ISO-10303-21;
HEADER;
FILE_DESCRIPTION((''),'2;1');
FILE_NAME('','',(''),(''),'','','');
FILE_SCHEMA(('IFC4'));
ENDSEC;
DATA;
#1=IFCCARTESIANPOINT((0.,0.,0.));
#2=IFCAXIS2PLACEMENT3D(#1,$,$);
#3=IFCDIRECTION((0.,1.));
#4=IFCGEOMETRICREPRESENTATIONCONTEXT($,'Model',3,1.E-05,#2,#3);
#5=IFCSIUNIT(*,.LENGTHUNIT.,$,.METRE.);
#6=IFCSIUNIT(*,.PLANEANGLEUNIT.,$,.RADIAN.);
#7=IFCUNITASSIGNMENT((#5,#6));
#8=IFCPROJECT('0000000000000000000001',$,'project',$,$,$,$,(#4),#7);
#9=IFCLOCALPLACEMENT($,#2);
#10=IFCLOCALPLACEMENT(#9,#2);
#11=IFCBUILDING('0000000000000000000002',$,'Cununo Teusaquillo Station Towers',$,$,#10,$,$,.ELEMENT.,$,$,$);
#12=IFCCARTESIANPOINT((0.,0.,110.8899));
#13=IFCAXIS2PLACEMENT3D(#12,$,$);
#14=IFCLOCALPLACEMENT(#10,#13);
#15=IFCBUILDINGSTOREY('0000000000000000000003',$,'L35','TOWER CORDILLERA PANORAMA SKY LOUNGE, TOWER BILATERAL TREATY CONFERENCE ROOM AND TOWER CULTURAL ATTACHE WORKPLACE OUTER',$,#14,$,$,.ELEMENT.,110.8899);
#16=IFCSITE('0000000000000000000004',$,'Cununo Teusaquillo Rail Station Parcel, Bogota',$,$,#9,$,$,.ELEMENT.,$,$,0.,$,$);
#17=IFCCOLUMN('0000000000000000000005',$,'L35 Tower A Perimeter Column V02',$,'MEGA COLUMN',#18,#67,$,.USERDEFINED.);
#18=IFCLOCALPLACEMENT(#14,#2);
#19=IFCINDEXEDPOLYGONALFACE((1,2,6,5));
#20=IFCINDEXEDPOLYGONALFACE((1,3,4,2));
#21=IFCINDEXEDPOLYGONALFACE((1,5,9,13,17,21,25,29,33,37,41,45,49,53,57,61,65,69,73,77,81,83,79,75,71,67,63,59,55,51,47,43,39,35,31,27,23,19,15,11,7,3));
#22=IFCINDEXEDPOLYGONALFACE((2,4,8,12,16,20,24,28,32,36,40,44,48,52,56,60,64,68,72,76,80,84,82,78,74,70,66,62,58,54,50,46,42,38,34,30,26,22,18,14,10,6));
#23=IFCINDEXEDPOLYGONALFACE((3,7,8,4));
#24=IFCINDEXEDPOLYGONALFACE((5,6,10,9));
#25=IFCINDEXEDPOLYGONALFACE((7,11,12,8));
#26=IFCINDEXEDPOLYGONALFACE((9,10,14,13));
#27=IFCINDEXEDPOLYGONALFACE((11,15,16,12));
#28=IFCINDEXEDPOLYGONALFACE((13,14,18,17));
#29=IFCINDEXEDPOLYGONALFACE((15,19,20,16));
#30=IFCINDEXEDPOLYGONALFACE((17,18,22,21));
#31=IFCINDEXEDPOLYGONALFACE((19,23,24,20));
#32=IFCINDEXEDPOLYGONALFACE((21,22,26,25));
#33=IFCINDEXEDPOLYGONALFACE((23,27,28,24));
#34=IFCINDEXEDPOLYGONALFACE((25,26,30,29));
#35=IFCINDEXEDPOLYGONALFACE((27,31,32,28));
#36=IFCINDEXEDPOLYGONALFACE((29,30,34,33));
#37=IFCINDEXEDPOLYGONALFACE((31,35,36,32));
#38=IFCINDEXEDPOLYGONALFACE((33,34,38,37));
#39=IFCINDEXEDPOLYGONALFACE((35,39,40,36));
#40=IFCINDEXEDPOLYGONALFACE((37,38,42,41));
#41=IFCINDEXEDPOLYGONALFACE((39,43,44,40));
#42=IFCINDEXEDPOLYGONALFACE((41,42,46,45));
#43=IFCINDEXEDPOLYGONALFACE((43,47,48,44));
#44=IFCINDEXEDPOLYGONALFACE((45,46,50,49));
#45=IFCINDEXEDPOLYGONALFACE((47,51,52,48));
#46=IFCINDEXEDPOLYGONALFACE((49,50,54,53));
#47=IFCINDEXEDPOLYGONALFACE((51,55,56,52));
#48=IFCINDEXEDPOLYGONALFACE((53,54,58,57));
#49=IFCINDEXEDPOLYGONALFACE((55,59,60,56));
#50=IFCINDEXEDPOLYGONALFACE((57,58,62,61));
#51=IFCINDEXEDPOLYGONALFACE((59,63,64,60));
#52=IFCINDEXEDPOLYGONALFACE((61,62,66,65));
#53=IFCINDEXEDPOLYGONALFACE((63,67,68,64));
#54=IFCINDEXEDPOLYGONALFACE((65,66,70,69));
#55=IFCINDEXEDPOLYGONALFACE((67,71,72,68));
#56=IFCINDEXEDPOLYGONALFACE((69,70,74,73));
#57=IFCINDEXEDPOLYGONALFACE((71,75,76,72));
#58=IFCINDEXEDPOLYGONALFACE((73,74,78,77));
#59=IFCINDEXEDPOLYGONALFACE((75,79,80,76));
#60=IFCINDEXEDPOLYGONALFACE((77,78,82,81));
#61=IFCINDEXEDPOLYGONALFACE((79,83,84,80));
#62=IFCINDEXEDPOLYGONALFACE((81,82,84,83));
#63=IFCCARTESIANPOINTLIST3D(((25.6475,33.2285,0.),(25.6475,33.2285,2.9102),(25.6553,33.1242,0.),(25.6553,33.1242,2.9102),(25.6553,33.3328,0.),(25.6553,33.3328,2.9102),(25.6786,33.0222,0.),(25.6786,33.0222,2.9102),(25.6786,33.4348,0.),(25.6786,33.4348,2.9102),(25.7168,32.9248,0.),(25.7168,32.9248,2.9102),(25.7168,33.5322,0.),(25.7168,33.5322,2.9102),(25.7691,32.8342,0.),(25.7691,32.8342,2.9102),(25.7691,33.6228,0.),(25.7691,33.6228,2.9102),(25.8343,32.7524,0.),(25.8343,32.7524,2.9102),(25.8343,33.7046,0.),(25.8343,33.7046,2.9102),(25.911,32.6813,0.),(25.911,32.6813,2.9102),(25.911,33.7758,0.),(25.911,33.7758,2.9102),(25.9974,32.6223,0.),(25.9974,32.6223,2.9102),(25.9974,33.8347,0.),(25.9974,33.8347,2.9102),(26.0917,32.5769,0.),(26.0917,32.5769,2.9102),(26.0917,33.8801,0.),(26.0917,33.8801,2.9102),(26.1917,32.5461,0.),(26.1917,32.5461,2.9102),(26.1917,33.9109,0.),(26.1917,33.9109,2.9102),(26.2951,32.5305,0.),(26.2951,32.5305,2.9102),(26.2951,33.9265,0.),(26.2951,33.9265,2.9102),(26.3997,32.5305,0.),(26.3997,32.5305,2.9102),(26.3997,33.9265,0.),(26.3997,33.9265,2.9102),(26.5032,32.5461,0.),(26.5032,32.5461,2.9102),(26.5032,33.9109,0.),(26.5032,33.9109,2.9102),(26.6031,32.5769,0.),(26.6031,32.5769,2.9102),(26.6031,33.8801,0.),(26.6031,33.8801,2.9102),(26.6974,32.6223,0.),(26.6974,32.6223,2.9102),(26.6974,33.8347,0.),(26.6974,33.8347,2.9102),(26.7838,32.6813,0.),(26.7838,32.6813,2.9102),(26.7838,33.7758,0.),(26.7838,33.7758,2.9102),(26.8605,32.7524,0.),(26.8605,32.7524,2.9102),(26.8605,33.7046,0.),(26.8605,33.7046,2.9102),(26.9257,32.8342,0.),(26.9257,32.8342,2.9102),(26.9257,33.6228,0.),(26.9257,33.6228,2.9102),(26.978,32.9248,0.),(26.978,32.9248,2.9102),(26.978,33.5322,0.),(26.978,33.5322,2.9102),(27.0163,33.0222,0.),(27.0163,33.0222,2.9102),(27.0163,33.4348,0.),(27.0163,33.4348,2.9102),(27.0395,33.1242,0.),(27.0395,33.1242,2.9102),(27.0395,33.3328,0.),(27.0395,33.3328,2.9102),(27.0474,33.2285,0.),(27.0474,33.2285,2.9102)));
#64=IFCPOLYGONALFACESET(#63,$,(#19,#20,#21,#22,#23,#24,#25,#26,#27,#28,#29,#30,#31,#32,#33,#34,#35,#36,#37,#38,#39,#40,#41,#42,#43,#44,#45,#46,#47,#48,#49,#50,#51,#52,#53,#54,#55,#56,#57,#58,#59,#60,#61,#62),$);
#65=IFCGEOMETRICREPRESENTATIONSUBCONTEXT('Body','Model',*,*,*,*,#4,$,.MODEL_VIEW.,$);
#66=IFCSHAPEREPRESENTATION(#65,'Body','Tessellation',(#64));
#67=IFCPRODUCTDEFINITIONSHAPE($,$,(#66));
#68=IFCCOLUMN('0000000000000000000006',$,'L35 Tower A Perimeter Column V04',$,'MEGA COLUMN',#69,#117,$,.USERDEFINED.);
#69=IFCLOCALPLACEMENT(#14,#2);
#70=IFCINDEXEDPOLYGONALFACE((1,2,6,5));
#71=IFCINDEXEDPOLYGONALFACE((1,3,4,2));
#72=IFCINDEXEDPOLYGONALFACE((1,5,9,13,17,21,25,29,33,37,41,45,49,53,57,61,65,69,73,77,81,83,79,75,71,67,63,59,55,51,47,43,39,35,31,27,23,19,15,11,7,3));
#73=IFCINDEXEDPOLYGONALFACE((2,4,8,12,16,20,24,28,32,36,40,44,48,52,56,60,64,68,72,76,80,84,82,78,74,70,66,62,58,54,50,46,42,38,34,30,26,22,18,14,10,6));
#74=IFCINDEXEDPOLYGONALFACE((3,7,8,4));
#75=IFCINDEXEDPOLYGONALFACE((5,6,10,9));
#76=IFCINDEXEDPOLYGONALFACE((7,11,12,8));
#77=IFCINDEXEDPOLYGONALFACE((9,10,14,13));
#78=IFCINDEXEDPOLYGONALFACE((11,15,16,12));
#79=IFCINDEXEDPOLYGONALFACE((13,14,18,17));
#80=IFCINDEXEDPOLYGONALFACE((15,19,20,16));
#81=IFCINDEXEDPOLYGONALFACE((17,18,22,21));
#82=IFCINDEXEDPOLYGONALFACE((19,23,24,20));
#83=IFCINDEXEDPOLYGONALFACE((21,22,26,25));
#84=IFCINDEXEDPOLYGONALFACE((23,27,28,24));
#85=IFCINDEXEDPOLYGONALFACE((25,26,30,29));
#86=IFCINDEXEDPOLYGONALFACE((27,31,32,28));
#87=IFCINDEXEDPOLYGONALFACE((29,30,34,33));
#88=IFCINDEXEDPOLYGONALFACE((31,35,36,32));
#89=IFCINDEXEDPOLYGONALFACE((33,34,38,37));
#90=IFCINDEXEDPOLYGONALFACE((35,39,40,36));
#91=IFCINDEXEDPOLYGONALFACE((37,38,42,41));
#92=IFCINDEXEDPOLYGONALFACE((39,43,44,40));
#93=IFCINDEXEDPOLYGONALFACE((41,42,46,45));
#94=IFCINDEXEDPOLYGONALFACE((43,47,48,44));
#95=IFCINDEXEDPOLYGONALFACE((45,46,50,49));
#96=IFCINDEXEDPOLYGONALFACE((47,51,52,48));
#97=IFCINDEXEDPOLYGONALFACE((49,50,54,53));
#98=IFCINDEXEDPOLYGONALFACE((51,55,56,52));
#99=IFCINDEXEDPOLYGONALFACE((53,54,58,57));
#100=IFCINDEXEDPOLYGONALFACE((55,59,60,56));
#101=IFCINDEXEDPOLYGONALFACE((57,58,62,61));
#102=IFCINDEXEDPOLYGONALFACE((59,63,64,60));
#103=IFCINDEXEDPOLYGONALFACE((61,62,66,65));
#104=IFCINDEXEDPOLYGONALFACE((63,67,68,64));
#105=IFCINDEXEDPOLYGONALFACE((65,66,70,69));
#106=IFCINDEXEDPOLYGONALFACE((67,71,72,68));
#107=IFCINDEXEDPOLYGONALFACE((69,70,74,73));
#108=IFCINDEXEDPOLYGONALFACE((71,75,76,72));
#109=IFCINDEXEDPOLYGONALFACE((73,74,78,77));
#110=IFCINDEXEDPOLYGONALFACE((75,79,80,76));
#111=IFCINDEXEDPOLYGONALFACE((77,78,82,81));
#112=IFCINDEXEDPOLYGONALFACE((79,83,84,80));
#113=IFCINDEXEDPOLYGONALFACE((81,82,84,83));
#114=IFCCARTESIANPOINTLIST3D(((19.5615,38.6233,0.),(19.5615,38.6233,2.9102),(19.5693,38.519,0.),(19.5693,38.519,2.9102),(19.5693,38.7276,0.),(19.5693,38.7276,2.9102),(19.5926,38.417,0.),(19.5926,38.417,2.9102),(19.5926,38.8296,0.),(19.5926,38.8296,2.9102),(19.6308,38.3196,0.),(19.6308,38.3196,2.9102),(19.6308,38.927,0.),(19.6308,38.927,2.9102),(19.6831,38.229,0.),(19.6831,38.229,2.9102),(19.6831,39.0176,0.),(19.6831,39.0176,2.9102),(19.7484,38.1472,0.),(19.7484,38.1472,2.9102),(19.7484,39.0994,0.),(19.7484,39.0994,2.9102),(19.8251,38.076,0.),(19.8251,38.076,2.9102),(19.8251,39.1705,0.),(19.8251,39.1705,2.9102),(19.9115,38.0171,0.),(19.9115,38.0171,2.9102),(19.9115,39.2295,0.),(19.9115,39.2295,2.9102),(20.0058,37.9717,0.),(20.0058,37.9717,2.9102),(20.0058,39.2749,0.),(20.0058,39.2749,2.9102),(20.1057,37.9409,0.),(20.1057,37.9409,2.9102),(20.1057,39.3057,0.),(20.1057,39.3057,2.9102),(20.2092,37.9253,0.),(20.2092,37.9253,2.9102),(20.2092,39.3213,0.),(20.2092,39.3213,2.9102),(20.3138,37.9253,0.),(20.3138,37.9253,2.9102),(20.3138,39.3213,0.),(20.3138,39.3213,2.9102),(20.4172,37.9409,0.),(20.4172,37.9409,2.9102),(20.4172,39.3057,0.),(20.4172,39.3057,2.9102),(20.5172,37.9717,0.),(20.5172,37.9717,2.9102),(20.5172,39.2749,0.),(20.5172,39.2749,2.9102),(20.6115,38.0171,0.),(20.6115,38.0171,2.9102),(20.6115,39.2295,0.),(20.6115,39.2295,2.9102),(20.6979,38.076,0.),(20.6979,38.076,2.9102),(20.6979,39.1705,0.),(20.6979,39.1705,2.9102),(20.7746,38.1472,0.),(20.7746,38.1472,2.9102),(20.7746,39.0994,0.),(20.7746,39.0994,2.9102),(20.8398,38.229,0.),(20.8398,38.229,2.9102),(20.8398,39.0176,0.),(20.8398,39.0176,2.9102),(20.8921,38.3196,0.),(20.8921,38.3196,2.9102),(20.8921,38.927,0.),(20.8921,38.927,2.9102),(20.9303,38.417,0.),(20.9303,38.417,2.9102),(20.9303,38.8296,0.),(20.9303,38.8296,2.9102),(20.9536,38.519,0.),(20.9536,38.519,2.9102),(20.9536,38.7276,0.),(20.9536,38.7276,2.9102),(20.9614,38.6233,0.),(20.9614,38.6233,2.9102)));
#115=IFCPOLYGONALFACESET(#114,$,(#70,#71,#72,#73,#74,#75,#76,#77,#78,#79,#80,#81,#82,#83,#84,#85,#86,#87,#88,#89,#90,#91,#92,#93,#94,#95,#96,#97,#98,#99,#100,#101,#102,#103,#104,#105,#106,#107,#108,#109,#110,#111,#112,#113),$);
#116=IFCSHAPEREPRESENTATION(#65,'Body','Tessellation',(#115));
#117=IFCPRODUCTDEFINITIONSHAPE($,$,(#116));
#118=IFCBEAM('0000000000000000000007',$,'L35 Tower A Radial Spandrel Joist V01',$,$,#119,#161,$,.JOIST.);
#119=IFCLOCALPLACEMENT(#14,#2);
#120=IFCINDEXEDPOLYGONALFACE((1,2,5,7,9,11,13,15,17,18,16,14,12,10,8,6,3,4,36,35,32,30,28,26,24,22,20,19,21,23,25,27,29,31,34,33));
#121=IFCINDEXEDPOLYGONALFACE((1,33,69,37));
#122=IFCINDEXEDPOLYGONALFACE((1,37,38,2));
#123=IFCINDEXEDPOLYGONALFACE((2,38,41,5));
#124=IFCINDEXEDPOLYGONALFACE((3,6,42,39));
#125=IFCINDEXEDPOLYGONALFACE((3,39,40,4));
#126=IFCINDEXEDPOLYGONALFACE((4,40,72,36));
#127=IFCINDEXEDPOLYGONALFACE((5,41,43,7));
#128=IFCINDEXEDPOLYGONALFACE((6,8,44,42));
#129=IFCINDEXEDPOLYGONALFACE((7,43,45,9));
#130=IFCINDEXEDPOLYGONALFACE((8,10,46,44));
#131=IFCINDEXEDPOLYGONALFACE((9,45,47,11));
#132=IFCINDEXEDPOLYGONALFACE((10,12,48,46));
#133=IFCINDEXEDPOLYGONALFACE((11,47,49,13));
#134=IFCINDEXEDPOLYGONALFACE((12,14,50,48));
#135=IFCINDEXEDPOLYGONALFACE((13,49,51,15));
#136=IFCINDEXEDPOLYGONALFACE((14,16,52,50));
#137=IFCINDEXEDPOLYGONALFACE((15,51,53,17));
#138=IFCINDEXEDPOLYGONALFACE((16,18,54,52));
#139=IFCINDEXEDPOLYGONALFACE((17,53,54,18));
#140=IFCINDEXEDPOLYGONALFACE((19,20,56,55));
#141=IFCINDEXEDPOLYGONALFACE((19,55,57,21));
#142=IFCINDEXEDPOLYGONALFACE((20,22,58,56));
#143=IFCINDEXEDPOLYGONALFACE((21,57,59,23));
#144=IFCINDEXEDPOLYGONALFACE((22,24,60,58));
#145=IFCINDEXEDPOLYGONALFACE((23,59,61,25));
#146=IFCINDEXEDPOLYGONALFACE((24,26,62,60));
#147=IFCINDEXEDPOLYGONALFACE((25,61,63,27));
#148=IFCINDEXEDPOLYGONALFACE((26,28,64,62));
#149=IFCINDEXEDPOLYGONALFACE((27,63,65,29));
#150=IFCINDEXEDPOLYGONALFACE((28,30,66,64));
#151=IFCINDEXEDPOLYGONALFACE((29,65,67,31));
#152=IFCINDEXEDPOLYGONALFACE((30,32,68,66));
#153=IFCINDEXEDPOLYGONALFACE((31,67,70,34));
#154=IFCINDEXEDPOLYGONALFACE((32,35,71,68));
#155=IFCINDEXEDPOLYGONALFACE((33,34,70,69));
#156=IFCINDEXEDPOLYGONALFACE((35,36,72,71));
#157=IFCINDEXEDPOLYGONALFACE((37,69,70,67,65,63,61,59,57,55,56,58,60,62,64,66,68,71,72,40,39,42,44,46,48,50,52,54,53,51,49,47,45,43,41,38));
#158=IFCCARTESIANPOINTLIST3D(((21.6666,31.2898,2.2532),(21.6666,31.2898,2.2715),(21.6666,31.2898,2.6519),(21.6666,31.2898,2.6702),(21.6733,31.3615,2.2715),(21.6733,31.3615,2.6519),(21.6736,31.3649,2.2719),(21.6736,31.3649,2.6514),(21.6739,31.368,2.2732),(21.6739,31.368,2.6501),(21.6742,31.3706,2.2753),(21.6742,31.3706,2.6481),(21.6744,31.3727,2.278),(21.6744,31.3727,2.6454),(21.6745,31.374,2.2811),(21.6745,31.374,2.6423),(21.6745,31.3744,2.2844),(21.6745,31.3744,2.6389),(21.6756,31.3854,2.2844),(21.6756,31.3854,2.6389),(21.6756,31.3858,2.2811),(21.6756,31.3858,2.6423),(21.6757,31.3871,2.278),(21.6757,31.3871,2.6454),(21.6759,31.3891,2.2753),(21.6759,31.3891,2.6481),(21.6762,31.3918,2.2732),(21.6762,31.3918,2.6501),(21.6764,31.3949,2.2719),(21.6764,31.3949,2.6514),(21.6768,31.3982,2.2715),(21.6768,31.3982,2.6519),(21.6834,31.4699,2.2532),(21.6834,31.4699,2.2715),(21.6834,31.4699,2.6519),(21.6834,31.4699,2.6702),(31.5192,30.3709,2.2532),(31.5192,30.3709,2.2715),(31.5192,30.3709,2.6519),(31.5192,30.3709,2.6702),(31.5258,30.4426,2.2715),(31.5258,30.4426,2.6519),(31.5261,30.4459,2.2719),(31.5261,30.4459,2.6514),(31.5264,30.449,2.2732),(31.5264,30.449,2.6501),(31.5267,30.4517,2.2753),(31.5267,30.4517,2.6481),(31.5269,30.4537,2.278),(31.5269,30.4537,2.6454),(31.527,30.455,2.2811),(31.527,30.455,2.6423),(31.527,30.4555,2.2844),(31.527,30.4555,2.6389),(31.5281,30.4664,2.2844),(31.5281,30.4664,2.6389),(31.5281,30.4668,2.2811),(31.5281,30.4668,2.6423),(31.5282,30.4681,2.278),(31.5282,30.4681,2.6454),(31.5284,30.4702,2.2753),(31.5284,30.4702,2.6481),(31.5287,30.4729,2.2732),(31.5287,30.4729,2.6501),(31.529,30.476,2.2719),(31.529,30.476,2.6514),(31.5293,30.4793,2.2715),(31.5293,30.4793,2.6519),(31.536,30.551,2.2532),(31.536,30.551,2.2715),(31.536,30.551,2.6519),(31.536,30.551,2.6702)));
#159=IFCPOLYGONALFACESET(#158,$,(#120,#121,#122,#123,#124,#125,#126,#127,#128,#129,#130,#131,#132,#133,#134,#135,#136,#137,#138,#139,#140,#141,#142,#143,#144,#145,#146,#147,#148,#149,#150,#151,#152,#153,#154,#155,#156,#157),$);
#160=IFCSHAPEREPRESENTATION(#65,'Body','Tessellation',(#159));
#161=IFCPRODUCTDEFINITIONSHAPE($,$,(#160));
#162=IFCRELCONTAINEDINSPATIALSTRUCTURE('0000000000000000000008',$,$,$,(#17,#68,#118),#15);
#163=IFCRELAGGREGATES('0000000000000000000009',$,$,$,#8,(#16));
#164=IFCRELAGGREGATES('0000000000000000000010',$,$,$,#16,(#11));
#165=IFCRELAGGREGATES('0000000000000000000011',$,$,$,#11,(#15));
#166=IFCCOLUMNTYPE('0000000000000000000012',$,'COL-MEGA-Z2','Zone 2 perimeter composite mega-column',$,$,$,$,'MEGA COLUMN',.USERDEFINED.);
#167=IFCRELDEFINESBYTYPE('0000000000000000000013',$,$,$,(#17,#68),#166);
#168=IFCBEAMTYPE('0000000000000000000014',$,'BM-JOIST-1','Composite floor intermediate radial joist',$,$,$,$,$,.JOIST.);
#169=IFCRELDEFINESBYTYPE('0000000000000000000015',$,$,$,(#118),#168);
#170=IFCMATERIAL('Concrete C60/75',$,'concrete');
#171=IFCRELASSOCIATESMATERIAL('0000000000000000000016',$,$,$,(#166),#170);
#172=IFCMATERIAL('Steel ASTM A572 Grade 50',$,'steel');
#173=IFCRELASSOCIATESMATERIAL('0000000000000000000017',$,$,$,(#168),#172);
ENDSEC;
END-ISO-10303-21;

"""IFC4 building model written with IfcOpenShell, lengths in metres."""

from ifc_helpers import new_model, si_unit, direction, frame, origin, origin_2d, place, context, subcontext, project, spatial, circle, i_section, extrude, material, material_profile, profile_set, type_object, element, save


model = new_model("IFC4")

# Units and contexts
model_context = context("Model", 3, precision=1e-05, world=origin(), true_north=direction((0.0, 1.0)))
body_context = subcontext(model_context, "Body", "Model", "MODEL_VIEW")
ifc_project = project(units=[si_unit("LENGTHUNIT", "METRE"), si_unit("PLANEANGLEUNIT", "RADIAN")], contexts=[model_context])

# Site, building, storey
site_placement = place(None, origin())
site = spatial("IfcSite", under=ifc_project, at=site_placement, Name="Cununo Teusaquillo Rail Station Parcel, Bogota", CompositionType="ELEMENT", RefElevation=0.0)
building_placement = place(site_placement, origin())
building = spatial("IfcBuilding", under=site, at=building_placement, Name="Cununo Teusaquillo Station Towers", CompositionType="ELEMENT")
storey_placement = place(building_placement, frame((0.0, 0.0, 110.8899)))
storey = spatial("IfcBuildingStorey", under=building, at=storey_placement, Name="L35", Description="TOWER CORDILLERA PANORAMA SKY LOUNGE, TOWER BILATERAL TREATY CONFERENCE ROOM AND TOWER CULTURAL ATTACHE WORKPLACE OUTER", CompositionType="ELEMENT", Elevation=110.8899)

# Columns
ifc_material_1 = material(Name="Concrete C60/75", Category="concrete")
ifc_material_profile_1 = material_profile(ifc_material_1, circle(Radius=0.7, at=origin_2d()), Name="RC-CIRC-1400")
ifc_profile_set_1 = profile_set([ifc_material_profile_1], Name="Concrete C60/75")
column_type = type_object("IfcColumnType", Name="COL-MEGA-Z2", Description="Zone 2 perimeter composite mega-column", ElementType="MEGA COLUMN", PredefinedType="USERDEFINED", material=ifc_profile_set_1)
for number, where, z_axis, x_axis, name in (
    (1, (26.3474, 33.2285, 0.0), (0.0, 0.0, 1.0), (1.0, 0.0, 0.0), "L35 Tower A Perimeter Column V02"),
    (2, (20.2615, 38.6233, 0.0), (0.0, 0.0, 1.0), (1.0, 0.0, 0.0), "L35 Tower A Perimeter Column V04"),
):
    element("IfcColumn", number, at=place(storey_placement, frame(where, z_axis=z_axis, x_axis=x_axis)), inside=storey, type_object=column_type, Name=name, ObjectType="MEGA COLUMN", PredefinedType="USERDEFINED", context=body_context, shape_type="SweptSolid", body=[
        extrude(circle(Radius=0.7, at=origin_2d()), origin(), (0.0, 0.0, 1.0), 2.9102),
    ])

# Beam
ifc_material_2 = material(Name="Steel ASTM A572 Grade 50", Category="steel")
ifc_material_profile_2 = material_profile(ifc_material_2, i_section(OverallWidth=0.1809, OverallDepth=0.417, WebThickness=0.011, FlangeThickness=0.0183, FilletRadius=0.0129, at=origin_2d()), Name="W16X57")
ifc_profile_set_2 = profile_set([ifc_material_profile_2], Name="Steel ASTM A572 Grade 50")
beam_type_1 = type_object("IfcBeamType", Name="BM-JOIST-1", Description="Composite floor intermediate radial joist", PredefinedType="JOIST", material=ifc_profile_set_2)
beam_1_placement = place(storey_placement, frame((21.675, 31.3799, 2.4617), z_axis=(0.995679, -0.092867, 0.0), x_axis=(0.092867, 0.995679, 0.0)))
element("IfcBeam", 3, at=beam_1_placement, inside=storey, type_object=beam_type_1, Name="L35 Tower A Radial Spandrel Joist V01", PredefinedType="JOIST", context=body_context, shape_type="SweptSolid", body=[
    extrude(i_section(OverallWidth=0.1809, OverallDepth=0.417, WebThickness=0.011, FlangeThickness=0.0183, FilletRadius=0.0129, at=origin_2d()), origin(), (0.0, 0.0, 1.0), 9.8953),
])

save(model, "model.ifc")
